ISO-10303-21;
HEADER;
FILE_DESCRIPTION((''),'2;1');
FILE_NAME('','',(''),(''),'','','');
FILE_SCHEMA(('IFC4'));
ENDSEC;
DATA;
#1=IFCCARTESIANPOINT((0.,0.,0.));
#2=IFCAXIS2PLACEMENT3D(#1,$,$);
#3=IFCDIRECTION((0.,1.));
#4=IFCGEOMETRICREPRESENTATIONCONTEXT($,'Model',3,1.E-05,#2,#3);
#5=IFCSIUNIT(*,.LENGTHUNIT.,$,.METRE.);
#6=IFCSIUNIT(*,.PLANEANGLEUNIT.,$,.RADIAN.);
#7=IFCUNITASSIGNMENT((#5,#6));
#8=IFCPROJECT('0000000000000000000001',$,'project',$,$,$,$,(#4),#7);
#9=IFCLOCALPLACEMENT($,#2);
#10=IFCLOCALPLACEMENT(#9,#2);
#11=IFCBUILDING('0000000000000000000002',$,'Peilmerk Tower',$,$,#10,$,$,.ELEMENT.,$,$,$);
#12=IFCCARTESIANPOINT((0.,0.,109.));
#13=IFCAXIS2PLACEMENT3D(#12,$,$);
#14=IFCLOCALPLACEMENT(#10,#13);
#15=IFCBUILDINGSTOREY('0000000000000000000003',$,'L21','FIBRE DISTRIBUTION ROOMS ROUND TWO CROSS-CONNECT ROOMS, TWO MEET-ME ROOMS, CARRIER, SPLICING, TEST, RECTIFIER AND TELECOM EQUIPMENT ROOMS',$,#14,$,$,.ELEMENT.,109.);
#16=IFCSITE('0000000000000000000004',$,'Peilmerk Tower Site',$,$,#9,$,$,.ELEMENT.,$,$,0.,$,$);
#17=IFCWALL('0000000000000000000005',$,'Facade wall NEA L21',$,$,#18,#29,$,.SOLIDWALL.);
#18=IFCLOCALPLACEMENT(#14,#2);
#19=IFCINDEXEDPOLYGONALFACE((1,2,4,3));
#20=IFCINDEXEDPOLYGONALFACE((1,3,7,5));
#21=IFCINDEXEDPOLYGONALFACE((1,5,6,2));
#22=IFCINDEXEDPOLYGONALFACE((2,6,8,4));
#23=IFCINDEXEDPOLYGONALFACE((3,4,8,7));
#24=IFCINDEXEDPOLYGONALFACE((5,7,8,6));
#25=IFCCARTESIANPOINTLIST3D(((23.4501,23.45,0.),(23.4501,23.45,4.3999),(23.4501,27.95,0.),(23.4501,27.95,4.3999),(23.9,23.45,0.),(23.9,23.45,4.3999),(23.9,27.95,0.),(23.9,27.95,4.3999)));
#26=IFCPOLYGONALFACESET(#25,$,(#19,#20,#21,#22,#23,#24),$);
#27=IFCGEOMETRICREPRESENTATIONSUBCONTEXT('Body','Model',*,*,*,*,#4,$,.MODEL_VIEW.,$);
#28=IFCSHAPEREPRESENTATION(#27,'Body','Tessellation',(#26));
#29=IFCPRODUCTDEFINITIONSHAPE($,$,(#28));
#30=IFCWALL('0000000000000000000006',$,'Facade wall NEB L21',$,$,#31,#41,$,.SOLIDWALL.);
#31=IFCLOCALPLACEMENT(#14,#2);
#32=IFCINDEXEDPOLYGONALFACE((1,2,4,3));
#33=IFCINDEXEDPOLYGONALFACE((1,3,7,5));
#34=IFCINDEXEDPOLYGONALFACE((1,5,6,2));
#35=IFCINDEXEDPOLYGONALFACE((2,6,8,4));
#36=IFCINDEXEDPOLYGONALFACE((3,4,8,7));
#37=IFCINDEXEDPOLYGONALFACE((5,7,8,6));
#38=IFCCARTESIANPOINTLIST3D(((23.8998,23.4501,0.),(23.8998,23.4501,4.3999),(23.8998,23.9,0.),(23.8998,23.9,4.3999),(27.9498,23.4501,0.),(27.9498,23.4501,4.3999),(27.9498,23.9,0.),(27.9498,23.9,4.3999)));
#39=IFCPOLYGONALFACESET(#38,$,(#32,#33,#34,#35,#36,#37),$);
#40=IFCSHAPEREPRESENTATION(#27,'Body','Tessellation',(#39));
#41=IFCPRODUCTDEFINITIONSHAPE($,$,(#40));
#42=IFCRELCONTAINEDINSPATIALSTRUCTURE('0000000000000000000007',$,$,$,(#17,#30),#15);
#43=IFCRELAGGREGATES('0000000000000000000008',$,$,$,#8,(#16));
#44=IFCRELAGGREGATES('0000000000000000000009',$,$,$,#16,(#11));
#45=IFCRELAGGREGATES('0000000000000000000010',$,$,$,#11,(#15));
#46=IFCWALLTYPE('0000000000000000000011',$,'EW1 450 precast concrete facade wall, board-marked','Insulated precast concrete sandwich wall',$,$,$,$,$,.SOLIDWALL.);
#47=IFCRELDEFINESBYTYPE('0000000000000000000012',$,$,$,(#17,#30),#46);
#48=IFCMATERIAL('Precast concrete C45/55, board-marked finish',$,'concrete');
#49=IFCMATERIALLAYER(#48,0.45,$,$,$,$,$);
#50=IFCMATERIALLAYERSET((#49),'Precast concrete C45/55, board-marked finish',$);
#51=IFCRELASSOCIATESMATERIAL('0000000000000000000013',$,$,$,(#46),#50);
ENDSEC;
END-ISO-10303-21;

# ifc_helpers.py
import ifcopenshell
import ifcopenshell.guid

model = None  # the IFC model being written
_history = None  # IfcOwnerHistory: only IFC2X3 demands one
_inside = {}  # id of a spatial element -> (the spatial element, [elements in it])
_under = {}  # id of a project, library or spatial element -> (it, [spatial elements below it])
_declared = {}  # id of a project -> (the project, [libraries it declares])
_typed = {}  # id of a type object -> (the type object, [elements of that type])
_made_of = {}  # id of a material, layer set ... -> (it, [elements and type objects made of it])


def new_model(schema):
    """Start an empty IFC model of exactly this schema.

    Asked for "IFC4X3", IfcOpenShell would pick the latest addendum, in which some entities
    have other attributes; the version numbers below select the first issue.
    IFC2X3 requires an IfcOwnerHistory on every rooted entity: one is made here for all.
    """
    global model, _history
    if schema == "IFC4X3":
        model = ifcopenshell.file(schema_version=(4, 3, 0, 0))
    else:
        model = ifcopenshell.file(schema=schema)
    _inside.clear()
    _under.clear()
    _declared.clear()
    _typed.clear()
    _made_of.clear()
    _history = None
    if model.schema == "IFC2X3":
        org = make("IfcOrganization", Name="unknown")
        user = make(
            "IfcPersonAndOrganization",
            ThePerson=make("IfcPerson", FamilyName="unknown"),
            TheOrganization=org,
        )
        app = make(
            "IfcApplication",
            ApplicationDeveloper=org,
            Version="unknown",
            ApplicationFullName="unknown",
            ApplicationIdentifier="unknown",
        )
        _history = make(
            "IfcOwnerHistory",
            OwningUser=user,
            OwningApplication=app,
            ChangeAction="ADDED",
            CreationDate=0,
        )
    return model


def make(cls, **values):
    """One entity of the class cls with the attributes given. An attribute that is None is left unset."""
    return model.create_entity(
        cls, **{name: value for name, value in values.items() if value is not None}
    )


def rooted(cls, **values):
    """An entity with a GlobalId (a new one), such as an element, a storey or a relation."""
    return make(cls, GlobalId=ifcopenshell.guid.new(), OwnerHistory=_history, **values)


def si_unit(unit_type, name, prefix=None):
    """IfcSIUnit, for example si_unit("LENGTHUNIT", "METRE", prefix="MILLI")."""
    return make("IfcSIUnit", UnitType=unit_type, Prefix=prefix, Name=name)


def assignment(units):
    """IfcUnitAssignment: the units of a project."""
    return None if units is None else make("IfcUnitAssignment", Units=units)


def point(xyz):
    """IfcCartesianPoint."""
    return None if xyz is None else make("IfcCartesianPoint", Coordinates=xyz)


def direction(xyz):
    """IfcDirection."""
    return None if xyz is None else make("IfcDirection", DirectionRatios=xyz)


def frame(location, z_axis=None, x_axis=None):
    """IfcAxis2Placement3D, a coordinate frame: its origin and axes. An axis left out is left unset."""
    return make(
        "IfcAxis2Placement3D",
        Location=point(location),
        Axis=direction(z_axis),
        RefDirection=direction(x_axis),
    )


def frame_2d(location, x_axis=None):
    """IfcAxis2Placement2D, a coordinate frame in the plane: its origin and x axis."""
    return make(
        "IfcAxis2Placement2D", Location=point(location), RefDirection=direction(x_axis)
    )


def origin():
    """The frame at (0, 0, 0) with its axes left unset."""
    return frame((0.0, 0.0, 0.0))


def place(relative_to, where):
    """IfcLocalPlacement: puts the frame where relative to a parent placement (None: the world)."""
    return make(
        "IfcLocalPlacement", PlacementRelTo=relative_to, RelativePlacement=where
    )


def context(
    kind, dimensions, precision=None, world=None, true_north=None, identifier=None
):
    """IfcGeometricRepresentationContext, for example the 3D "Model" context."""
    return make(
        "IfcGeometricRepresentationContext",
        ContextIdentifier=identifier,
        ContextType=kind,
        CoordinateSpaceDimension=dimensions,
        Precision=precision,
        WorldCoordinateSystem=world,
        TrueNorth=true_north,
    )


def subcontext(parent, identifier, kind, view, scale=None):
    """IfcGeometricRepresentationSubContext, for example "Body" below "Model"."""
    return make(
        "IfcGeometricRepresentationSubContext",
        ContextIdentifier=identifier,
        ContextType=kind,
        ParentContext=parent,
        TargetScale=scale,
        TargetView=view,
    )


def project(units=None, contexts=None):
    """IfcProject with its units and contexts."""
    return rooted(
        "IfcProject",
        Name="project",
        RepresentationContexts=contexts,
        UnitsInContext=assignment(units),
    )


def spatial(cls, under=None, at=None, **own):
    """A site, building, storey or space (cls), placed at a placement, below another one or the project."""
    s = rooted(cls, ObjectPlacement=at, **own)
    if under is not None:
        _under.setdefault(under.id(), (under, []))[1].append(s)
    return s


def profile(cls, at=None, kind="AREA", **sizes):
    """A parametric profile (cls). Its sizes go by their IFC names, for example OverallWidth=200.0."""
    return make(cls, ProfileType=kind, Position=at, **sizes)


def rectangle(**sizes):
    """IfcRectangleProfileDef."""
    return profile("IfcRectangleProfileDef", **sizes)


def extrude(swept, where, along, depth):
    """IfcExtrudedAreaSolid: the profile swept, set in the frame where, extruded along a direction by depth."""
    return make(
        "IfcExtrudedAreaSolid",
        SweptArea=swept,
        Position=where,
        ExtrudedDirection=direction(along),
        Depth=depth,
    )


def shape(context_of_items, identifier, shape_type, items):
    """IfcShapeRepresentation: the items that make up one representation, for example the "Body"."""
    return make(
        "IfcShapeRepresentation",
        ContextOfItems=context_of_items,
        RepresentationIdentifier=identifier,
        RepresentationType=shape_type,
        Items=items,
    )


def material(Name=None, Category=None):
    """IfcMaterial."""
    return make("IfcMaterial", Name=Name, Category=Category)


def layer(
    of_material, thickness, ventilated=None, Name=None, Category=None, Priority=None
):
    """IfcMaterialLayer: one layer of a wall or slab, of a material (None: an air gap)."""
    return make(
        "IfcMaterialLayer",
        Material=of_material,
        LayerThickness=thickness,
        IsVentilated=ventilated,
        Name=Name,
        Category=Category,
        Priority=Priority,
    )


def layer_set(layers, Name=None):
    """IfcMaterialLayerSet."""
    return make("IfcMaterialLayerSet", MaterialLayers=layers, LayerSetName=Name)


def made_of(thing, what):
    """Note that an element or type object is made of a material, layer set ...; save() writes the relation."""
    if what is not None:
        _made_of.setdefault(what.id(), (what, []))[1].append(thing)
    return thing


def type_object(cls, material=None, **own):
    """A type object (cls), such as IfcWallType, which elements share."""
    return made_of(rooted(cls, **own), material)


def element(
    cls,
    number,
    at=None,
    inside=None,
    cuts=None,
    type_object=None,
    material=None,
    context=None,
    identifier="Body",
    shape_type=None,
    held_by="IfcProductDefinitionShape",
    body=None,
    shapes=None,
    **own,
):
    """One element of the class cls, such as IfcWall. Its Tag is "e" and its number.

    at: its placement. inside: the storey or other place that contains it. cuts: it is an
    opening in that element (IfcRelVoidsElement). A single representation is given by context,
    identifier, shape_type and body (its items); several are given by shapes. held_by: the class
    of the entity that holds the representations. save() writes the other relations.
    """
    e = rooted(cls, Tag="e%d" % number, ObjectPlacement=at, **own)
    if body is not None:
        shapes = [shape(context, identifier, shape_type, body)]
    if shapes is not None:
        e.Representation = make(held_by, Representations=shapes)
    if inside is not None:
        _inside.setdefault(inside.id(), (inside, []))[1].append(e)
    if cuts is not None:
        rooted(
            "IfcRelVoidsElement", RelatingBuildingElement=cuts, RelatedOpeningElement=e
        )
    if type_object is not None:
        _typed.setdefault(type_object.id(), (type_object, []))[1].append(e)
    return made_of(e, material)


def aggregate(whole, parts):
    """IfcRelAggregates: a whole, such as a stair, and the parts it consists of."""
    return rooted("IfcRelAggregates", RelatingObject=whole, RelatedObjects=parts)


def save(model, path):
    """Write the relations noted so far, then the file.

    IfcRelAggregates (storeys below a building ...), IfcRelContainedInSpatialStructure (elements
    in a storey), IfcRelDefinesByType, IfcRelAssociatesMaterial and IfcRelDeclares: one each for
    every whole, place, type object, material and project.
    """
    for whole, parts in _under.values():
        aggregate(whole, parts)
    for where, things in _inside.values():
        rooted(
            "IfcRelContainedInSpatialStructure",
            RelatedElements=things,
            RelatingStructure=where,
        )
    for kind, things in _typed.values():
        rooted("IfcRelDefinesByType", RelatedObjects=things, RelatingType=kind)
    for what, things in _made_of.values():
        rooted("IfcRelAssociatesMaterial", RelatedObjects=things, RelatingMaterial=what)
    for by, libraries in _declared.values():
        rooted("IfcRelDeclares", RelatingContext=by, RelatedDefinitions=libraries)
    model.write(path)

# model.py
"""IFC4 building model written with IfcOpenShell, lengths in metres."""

from ifc_helpers import new_model, si_unit, direction, frame, frame_2d, origin, place, context, subcontext, project, spatial, rectangle, extrude, material, layer, layer_set, type_object, element, save


model = new_model("IFC4")

# Units and contexts
model_context = context("Model", 3, precision=1e-05, world=origin(), true_north=direction((0.0, 1.0)))
body_context = subcontext(model_context, "Body", "Model", "MODEL_VIEW")
ifc_project = project(units=[si_unit("LENGTHUNIT", "METRE"), si_unit("PLANEANGLEUNIT", "RADIAN")], contexts=[model_context])

# Site, building, storey
site_placement = place(None, origin())
site = spatial("IfcSite", under=ifc_project, at=site_placement, Name="Peilmerk Tower Site", CompositionType="ELEMENT", RefElevation=0.0)
building_placement = place(site_placement, origin())
building = spatial("IfcBuilding", under=site, at=building_placement, Name="Peilmerk Tower", CompositionType="ELEMENT")
storey_placement = place(building_placement, frame((0.0, 0.0, 109.0)))
storey = spatial("IfcBuildingStorey", under=building, at=storey_placement, Name="L21", Description="FIBRE DISTRIBUTION ROOMS ROUND TWO CROSS-CONNECT ROOMS, TWO MEET-ME ROOMS, CARRIER, SPLICING, TEST, RECTIFIER AND TELECOM EQUIPMENT ROOMS", CompositionType="ELEMENT", Elevation=109.0)

# Shared definitions
ifc_material_1 = material(Name="Precast concrete C45/55, board-marked finish", Category="concrete")
ifc_layer = layer(ifc_material_1, 0.45)
ifc_layer_set = layer_set([ifc_layer], Name="Precast concrete C45/55, board-marked finish")
wall_type = type_object("IfcWallType", Name="EW1 450 precast concrete facade wall, board-marked", Description="Insulated precast concrete sandwich wall", PredefinedType="SOLIDWALL", material=ifc_layer_set)

# Walls
wall_1_placement = place(storey_placement, frame((23.675, 23.45, 0.0), z_axis=(0.0, 0.0, 1.0), x_axis=(0.0, 1.0, 0.0)))
element("IfcWall", 1, at=wall_1_placement, inside=storey, type_object=wall_type, Name="Facade wall NEA L21", PredefinedType="SOLIDWALL", context=body_context, shape_type="SweptSolid", body=[
    extrude(rectangle(XDim=4.5, YDim=0.45, at=frame_2d((2.25, 0.0))), origin(), (0.0, 0.0, 1.0), 4.3999),
])
wall_2_placement = place(storey_placement, frame((23.8999, 23.675, 0.0), z_axis=(0.0, 0.0, 1.0), x_axis=(1.0, 0.0, 0.0)))
element("IfcWall", 2, at=wall_2_placement, inside=storey, type_object=wall_type, Name="Facade wall NEB L21", PredefinedType="SOLIDWALL", context=body_context, shape_type="SweptSolid", body=[
    extrude(rectangle(XDim=4.05, YDim=0.45, at=frame_2d((2.0249, 0.0))), origin(), (0.0, 0.0, 1.0), 4.3999),
])

save(model, "model.ifc")
